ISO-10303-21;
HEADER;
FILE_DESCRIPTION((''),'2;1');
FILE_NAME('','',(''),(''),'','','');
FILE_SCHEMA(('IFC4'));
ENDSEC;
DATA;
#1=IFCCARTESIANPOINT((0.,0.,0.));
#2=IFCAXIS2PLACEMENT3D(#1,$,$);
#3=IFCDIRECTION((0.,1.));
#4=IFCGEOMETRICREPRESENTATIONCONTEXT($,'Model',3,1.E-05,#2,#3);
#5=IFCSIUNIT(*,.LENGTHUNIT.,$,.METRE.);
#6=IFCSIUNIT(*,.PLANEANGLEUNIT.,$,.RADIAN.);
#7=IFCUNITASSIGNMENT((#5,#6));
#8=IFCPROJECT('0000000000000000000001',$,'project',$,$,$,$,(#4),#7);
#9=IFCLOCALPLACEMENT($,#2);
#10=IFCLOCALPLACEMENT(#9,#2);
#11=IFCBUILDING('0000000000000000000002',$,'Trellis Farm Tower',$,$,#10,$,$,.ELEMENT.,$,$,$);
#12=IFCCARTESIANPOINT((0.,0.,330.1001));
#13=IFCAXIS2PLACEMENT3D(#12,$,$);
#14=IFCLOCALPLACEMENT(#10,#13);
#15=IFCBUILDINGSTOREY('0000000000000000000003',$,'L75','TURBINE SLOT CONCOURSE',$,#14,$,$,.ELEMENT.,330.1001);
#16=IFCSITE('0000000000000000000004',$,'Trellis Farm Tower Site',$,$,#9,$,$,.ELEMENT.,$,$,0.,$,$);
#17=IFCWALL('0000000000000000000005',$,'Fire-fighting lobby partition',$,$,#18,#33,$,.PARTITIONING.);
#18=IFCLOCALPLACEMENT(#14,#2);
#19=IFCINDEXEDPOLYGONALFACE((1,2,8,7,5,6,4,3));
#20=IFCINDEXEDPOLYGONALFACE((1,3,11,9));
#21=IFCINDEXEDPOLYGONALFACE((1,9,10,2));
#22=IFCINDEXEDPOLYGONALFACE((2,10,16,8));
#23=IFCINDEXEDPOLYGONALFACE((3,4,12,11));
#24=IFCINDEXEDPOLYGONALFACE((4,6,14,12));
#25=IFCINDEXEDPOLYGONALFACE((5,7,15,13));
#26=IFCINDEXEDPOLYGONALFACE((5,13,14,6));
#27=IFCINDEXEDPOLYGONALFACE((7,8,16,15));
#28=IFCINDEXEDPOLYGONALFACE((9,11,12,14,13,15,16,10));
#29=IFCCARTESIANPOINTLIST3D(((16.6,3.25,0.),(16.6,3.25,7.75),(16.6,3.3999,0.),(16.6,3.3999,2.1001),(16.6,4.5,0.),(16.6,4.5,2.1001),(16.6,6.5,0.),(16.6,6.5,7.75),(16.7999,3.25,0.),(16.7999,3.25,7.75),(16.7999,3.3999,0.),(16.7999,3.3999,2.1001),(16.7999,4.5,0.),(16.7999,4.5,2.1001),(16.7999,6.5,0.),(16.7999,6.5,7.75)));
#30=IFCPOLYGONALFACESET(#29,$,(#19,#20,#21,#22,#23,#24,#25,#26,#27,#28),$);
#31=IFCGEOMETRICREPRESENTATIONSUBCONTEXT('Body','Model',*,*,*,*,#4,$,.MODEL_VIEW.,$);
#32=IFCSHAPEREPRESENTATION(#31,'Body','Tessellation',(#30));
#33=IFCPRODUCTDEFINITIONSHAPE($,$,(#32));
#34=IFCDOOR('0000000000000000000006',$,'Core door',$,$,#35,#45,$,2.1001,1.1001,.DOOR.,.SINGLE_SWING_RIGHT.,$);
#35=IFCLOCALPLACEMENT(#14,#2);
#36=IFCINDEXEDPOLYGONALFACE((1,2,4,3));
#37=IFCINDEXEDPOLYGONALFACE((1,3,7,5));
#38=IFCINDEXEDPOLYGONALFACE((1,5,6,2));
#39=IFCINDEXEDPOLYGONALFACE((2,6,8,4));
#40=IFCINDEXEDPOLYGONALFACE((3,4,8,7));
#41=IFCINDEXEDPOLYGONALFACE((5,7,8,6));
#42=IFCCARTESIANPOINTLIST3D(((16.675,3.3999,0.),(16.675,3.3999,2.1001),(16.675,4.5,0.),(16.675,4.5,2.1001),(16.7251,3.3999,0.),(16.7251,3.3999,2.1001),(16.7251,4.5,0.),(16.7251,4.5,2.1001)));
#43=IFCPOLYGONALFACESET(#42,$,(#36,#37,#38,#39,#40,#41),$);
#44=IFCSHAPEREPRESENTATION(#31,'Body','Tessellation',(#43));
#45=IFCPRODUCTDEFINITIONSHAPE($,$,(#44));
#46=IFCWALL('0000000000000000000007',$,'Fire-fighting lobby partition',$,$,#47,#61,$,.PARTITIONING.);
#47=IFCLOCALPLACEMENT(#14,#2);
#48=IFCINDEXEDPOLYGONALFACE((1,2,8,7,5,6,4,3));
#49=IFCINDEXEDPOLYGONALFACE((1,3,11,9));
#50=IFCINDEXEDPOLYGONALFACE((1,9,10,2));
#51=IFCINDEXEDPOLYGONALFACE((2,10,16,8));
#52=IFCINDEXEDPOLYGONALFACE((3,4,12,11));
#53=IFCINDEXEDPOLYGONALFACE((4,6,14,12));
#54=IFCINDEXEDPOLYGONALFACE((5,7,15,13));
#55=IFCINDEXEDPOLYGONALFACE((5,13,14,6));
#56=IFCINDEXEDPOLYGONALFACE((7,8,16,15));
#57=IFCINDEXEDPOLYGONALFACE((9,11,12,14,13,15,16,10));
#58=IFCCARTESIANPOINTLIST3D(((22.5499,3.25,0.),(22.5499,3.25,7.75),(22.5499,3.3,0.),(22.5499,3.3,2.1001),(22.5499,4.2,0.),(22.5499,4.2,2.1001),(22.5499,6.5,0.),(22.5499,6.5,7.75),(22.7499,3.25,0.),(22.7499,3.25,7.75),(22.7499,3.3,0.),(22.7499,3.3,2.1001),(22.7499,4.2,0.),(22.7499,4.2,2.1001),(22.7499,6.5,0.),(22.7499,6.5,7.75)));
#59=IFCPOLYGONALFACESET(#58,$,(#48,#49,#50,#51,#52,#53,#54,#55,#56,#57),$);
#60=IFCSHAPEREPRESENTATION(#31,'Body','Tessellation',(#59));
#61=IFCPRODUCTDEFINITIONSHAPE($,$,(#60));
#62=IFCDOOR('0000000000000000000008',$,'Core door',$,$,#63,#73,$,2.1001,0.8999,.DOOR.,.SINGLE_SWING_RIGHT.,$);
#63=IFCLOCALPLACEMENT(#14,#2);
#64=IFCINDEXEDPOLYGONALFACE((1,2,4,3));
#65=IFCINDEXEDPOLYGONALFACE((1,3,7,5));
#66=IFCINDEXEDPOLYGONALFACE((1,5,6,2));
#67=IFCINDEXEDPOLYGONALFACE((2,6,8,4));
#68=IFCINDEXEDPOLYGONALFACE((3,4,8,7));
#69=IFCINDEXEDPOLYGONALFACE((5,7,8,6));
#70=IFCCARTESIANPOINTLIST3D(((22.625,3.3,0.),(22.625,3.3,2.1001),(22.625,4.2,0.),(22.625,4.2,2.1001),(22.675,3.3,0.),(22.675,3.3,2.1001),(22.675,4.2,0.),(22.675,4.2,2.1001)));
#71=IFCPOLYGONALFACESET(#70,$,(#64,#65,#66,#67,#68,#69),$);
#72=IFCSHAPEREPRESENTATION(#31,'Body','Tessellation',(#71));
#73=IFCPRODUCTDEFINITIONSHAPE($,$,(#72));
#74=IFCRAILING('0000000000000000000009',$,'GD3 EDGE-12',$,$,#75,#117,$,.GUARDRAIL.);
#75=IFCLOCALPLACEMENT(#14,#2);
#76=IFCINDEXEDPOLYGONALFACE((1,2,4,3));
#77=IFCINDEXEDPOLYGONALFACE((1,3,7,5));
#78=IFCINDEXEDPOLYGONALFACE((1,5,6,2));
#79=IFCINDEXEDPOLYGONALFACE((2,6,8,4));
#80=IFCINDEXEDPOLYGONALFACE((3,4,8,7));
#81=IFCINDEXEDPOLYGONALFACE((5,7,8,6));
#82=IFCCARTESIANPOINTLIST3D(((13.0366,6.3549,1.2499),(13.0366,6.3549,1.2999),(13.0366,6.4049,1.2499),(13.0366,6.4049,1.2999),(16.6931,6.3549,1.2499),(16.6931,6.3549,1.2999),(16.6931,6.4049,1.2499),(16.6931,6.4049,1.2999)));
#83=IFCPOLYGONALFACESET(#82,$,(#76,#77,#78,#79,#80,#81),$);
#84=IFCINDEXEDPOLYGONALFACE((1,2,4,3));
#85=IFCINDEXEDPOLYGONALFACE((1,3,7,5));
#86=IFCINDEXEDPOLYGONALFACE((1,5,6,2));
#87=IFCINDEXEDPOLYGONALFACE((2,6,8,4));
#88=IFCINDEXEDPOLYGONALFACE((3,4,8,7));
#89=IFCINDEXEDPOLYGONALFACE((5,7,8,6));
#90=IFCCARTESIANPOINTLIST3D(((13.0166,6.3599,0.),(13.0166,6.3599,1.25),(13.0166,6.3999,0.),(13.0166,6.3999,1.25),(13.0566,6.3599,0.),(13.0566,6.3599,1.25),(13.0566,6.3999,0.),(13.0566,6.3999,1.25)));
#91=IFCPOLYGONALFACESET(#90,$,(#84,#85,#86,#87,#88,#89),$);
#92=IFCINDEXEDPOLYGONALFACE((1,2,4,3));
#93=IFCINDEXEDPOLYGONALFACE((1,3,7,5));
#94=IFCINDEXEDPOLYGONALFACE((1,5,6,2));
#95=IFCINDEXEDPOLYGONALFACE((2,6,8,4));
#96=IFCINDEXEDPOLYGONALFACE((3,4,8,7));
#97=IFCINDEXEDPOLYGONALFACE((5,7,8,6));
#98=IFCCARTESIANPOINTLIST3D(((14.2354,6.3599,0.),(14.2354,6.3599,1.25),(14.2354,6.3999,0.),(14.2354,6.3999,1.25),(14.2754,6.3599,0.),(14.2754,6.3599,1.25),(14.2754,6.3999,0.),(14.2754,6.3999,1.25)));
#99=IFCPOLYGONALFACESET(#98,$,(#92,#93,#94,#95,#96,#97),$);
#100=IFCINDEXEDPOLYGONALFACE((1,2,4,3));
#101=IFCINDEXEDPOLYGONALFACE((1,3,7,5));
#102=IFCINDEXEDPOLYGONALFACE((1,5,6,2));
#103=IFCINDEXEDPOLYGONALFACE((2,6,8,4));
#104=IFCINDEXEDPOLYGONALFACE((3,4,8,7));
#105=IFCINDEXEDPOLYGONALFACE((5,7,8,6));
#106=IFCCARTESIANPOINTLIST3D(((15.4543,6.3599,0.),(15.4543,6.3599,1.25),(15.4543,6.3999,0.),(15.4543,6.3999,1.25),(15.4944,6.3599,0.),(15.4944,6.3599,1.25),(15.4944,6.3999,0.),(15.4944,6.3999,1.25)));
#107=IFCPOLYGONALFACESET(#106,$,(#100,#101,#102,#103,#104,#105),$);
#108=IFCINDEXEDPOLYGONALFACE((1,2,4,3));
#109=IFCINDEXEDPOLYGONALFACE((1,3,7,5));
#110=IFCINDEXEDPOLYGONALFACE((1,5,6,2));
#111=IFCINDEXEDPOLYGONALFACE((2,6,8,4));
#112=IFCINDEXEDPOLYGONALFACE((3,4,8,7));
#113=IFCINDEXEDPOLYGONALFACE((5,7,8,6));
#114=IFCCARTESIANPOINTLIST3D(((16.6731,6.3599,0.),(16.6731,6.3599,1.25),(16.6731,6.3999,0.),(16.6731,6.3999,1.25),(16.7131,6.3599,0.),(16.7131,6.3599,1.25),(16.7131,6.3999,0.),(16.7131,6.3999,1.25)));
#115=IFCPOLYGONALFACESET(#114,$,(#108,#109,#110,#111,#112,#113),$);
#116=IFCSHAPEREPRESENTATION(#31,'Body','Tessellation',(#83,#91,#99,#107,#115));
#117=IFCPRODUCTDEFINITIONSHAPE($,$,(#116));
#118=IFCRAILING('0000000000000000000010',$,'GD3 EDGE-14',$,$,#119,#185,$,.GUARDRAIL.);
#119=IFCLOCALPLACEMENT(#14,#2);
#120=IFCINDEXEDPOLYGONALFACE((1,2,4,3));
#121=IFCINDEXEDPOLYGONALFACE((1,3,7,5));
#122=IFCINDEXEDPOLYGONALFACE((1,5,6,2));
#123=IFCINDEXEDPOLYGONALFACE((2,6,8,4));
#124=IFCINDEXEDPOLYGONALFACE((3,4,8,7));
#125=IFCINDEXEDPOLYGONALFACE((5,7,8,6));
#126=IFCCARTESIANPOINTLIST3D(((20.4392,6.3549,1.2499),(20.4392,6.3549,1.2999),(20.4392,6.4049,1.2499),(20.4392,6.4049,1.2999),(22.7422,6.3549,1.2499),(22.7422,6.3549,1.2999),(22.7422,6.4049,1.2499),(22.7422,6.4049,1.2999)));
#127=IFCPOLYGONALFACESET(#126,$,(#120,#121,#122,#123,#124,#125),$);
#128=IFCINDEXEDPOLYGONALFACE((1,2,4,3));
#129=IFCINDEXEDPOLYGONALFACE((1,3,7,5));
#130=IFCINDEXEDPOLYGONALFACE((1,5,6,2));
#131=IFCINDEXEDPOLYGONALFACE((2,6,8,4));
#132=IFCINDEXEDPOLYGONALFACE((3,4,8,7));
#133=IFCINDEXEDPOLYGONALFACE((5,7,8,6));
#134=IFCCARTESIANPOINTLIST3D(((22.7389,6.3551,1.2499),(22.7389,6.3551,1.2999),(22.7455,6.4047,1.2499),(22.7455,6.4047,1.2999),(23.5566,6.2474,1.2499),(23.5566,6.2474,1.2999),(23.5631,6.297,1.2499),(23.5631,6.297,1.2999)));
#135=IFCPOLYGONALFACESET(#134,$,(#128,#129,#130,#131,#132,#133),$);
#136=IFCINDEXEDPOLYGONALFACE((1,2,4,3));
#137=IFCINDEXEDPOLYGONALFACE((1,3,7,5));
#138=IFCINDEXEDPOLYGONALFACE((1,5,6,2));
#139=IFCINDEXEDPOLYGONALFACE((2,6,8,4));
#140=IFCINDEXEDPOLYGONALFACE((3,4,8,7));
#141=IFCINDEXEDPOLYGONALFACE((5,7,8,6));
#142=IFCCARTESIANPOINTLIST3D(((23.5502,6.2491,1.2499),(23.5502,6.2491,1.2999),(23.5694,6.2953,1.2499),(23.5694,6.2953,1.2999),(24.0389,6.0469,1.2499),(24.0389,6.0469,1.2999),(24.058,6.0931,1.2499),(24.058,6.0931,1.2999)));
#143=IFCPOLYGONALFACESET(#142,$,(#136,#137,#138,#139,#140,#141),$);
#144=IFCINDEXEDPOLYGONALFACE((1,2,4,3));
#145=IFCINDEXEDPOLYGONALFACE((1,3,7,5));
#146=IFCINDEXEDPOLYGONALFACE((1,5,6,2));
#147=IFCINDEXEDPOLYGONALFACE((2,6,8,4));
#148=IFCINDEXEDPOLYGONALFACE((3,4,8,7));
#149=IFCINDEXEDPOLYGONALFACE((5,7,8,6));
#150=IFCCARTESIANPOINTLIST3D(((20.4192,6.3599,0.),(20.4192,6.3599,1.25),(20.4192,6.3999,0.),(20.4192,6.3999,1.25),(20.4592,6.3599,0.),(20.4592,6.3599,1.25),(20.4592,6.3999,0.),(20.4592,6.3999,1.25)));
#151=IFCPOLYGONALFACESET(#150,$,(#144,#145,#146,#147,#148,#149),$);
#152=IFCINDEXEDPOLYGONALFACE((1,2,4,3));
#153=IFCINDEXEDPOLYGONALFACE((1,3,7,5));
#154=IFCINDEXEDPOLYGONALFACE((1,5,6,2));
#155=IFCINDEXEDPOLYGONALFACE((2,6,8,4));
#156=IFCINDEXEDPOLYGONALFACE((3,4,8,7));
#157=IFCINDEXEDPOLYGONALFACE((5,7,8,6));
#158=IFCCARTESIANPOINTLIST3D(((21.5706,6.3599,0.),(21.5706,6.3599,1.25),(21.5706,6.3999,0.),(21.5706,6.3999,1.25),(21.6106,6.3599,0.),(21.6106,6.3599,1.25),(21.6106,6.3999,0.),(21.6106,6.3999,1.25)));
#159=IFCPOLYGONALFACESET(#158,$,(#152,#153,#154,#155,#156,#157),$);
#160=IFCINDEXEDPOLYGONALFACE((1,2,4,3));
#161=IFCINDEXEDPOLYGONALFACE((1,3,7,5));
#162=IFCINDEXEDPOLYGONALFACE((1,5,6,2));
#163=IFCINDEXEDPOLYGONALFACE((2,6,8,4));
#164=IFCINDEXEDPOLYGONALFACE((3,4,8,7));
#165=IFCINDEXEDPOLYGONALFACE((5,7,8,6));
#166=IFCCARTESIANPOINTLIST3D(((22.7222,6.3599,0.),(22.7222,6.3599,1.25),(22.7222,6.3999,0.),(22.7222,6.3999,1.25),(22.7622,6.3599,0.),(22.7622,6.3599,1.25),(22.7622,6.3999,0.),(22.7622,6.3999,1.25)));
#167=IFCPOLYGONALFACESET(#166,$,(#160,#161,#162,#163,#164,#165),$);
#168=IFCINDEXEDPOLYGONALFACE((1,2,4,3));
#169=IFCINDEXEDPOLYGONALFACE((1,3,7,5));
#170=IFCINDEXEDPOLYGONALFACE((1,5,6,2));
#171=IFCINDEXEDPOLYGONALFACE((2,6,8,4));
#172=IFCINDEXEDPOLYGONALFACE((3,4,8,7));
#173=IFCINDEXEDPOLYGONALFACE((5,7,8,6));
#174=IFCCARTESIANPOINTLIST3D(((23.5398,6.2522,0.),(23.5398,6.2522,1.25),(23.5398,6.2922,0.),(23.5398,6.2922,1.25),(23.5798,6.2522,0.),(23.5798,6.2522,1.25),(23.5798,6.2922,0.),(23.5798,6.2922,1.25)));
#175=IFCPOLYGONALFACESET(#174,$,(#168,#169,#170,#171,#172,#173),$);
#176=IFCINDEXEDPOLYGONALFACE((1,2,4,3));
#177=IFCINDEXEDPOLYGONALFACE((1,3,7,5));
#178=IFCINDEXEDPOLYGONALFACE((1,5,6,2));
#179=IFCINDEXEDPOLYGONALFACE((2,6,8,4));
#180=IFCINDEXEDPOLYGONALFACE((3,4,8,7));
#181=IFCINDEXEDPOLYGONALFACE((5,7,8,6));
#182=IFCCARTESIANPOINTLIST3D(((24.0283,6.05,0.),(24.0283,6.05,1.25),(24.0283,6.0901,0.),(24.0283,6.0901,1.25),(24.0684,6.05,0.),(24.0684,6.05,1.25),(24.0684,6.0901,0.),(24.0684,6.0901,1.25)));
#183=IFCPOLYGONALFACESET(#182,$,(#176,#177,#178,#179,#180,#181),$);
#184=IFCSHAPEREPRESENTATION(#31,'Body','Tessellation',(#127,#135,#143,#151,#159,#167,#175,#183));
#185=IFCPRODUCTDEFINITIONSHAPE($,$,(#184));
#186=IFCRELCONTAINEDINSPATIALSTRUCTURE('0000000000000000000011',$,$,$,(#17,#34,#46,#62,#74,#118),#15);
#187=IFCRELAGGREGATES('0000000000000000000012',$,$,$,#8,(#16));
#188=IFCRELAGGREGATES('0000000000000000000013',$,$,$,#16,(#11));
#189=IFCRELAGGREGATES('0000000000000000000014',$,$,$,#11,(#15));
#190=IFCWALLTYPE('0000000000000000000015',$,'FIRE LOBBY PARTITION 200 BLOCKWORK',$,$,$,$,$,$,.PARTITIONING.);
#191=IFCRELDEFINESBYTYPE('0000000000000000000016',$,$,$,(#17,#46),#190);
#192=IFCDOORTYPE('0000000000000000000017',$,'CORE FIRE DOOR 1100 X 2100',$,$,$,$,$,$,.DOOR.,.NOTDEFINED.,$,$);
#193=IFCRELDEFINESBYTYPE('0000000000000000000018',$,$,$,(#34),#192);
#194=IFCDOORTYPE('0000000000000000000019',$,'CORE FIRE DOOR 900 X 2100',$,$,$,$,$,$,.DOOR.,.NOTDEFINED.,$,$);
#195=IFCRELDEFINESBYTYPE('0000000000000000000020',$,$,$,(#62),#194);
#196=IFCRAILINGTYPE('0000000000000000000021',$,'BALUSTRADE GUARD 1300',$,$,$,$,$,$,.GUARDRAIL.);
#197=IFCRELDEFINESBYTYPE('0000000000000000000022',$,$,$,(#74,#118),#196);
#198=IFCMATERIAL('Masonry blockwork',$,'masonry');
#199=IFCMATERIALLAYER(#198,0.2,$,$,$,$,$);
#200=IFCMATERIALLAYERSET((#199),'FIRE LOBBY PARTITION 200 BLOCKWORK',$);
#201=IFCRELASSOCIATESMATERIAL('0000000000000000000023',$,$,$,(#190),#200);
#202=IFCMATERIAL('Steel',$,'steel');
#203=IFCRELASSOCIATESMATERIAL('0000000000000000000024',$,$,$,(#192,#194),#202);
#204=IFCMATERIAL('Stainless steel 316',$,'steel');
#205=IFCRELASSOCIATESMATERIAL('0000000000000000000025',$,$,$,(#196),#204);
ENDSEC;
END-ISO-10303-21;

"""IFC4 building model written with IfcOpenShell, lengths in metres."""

from ifc_helpers import new_model, si_unit, direction, frame, frame_2d, origin, origin_2d, place, context, subcontext, project, spatial, rectangle, extrude, source, transform, mapped, material, layer, layer_set, type_object, element, fill, save


model = new_model("IFC4")

# Units and contexts
model_context = context("Model", 3, precision=1e-05, world=origin(), true_north=direction((0.0, 1.0)))
body_context = subcontext(model_context, "Body", "Model", "MODEL_VIEW")
ifc_project = project(units=[si_unit("LENGTHUNIT", "METRE"), si_unit("PLANEANGLEUNIT", "RADIAN")], contexts=[model_context])

# Site, building, storey
site_placement = place(None, origin())
site = spatial("IfcSite", under=ifc_project, at=site_placement, Name="Trellis Farm Tower Site", CompositionType="ELEMENT", RefElevation=0.0)
building_placement = place(site_placement, origin())
building = spatial("IfcBuilding", under=site, at=building_placement, Name="Trellis Farm Tower", CompositionType="ELEMENT")
storey_placement = place(building_placement, frame((0.0, 0.0, 330.1001)))
storey = spatial("IfcBuildingStorey", under=building, at=storey_placement, Name="L75", Description="TURBINE SLOT CONCOURSE", CompositionType="ELEMENT", Elevation=330.1001)

# Walls, openings, doors
ifc_material_1 = material(Name="Masonry blockwork", Category="masonry")
ifc_layer_1 = layer(ifc_material_1, 0.2)
ifc_layer_set_1 = layer_set([ifc_layer_1], Name="FIRE LOBBY PARTITION 200 BLOCKWORK")
wall_type_1 = type_object("IfcWallType", Name="FIRE LOBBY PARTITION 200 BLOCKWORK", PredefinedType="PARTITIONING", material=ifc_layer_set_1)
shared_shape_1 = source(origin(), body_context, "Body", "SweptSolid", [
    extrude(rectangle(XDim=3.25, YDim=0.2, at=frame_2d((1.625, 0.0))), origin(), (0.0, 0.0, 1.0), 7.75),
])
wall_1_placement = place(storey_placement, frame((16.7, 3.25, 0.0), z_axis=(0.0, 0.0, 1.0), x_axis=(0.0, 1.0, 0.0)))
wall_1 = element("IfcWall", 1, at=wall_1_placement, inside=storey, type_object=wall_type_1, Name="Fire-fighting lobby partition", PredefinedType="PARTITIONING", context=body_context, shape_type="MappedRepresentation", body=[
    mapped(shared_shape_1, transform((0.0, 0.0, 0.0))),
])
shared_shape_2 = source(origin(), body_context, "Body", "SweptSolid", [
    extrude(rectangle(XDim=1.1001, YDim=2.1001, at=frame_2d((0.55, 1.05))), frame((0.0, 0.1101, 0.0), z_axis=(0.0, -1.0, 0.0), x_axis=(1.0, 0.0, 0.0)), (0.0, 0.0, 1.0), 0.2202),
])
opening_1_placement = place(wall_1_placement, frame((0.1499, 0.0, 0.0)))
opening_1 = element("IfcOpeningElement", 2, at=opening_1_placement, cuts=wall_1, PredefinedType="OPENING", context=body_context, shape_type="MappedRepresentation", body=[
    mapped(shared_shape_2, transform((0.0, 0.0, 0.0))),
])
ifc_material_2 = material(Name="Steel", Category="steel")
door_type_1 = type_object("IfcDoorType", Name="CORE FIRE DOOR 1100 X 2100", OperationType="NOTDEFINED", PredefinedType="DOOR", material=ifc_material_2)
shared_shape_3 = source(origin(), body_context, "Body", "SweptSolid", [
    extrude(rectangle(XDim=1.1001, YDim=2.1001, at=frame_2d((0.55, 1.05))), frame((0.0, 0.0249, 0.0), z_axis=(0.0, -1.0, 0.0), x_axis=(1.0, 0.0, 0.0)), (0.0, 0.0, 1.0), 0.05),
])
door_1_placement = place(opening_1_placement, origin())
door_1 = element("IfcDoor", 3, at=door_1_placement, inside=storey, type_object=door_type_1, Name="Core door", OperationType="SINGLE_SWING_RIGHT", OverallHeight=2.1001, OverallWidth=1.1001, PredefinedType="DOOR", context=body_context, shape_type="MappedRepresentation", body=[
    mapped(shared_shape_3, transform((0.0, 0.0, 0.0))),
])
fill(opening_1, door_1)
wall_2_placement = place(storey_placement, frame((22.6499, 3.25, 0.0), z_axis=(0.0, 0.0, 1.0), x_axis=(0.0, 1.0, 0.0)))
wall_2 = element("IfcWall", 4, at=wall_2_placement, inside=storey, type_object=wall_type_1, Name="Fire-fighting lobby partition", PredefinedType="PARTITIONING", context=body_context, shape_type="MappedRepresentation", body=[
    mapped(shared_shape_1, transform((0.0, 0.0, 0.0))),
])
shared_shape_4 = source(origin(), body_context, "Body", "SweptSolid", [
    extrude(rectangle(XDim=0.8999, YDim=2.1001, at=frame_2d((0.45, 1.05))), frame((0.0, 0.1101, 0.0), z_axis=(0.0, -1.0, 0.0), x_axis=(1.0, 0.0, 0.0)), (0.0, 0.0, 1.0), 0.2202),
])
opening_2_placement = place(wall_2_placement, frame((0.05, 0.0, 0.0)))
opening_2 = element("IfcOpeningElement", 5, at=opening_2_placement, cuts=wall_2, PredefinedType="OPENING", context=body_context, shape_type="MappedRepresentation", body=[
    mapped(shared_shape_4, transform((0.0, 0.0, 0.0))),
])
door_type_2 = type_object("IfcDoorType", Name="CORE FIRE DOOR 900 X 2100", OperationType="NOTDEFINED", PredefinedType="DOOR", material=ifc_material_2)
shared_shape_5 = source(origin(), body_context, "Body", "SweptSolid", [
    extrude(rectangle(XDim=0.8999, YDim=2.1001, at=frame_2d((0.45, 1.05))), frame((0.0, 0.0249, 0.0), z_axis=(0.0, -1.0, 0.0), x_axis=(1.0, 0.0, 0.0)), (0.0, 0.0, 1.0), 0.05),
])
door_2_placement = place(opening_2_placement, origin())
door_2 = element("IfcDoor", 6, at=door_2_placement, inside=storey, type_object=door_type_2, Name="Core door", OperationType="SINGLE_SWING_RIGHT", OverallHeight=2.1001, OverallWidth=0.8999, PredefinedType="DOOR", context=body_context, shape_type="MappedRepresentation", body=[
    mapped(shared_shape_5, transform((0.0, 0.0, 0.0))),
])
fill(opening_2, door_2)

# Railings
ifc_material_3 = material(Name="Stainless steel 316", Category="steel")
railing_type = type_object("IfcRailingType", Name="BALUSTRADE GUARD 1300", PredefinedType="GUARDRAIL", material=ifc_material_3)
railing_1_placement = place(storey_placement, frame((13.0366, 6.3799, 0.0)))
element("IfcRailing", 7, at=railing_1_placement, inside=storey, type_object=railing_type, Name="GD3 EDGE-12", PredefinedType="GUARDRAIL", context=body_context, shape_type="SweptSolid", body=[
    extrude(rectangle(XDim=0.05, YDim=0.05, at=origin_2d()), frame((0.0, 0.0, 1.2749), z_axis=(1.0, 0.0, 0.0), x_axis=(0.0, 1.0, 0.0)), (0.0, 0.0, 1.0), 3.6565),
    extrude(rectangle(XDim=0.04, YDim=0.04, at=origin_2d()), origin(), (0.0, 0.0, 1.0), 1.25),
    extrude(rectangle(XDim=0.04, YDim=0.04, at=origin_2d()), frame((1.2188, 0.0, 0.0)), (0.0, 0.0, 1.0), 1.25),
    extrude(rectangle(XDim=0.04, YDim=0.04, at=origin_2d()), frame((2.4377, 0.0, 0.0)), (0.0, 0.0, 1.0), 1.25),
    extrude(rectangle(XDim=0.04, YDim=0.04, at=origin_2d()), frame((3.6565, 0.0, 0.0)), (0.0, 0.0, 1.0), 1.25),
])
railing_2_placement = place(storey_placement, frame((20.4392, 6.3799, 0.0)))
element("IfcRailing", 8, at=railing_2_placement, inside=storey, type_object=railing_type, Name="GD3 EDGE-14", PredefinedType="GUARDRAIL", context=body_context, shape_type="SweptSolid", body=[
    extrude(rectangle(XDim=0.05, YDim=0.05, at=origin_2d()), frame((0.0, 0.0, 1.2749), z_axis=(1.0, 0.0, 0.0), x_axis=(0.0, 1.0, 0.0)), (0.0, 0.0, 1.0), 2.303),
    extrude(rectangle(XDim=0.05, YDim=0.05, at=origin_2d()), frame((2.303, 0.0, 1.2749), z_axis=(0.991441, -0.130554, 0.0), x_axis=(0.130554, 0.991441, 0.0)), (0.0, 0.0, 1.0), 0.8247),
    extrude(rectangle(XDim=0.05, YDim=0.05, at=origin_2d()), frame((3.1206, -0.1077, 1.2749), z_axis=(0.924017, -0.382352, 0.0), x_axis=(0.382352, 0.924017, 0.0)), (0.0, 0.0, 1.0), 0.5288),
    extrude(rectangle(XDim=0.04, YDim=0.04, at=origin_2d()), origin(), (0.0, 0.0, 1.0), 1.25),
    extrude(rectangle(XDim=0.04, YDim=0.04, at=origin_2d()), frame((1.1514, 0.0, 0.0)), (0.0, 0.0, 1.0), 1.25),
    extrude(rectangle(XDim=0.04, YDim=0.04, at=origin_2d()), frame((2.303, 0.0, 0.0)), (0.0, 0.0, 1.0), 1.25),
    extrude(rectangle(XDim=0.04, YDim=0.04, at=origin_2d()), frame((3.1206, -0.1077, 0.0)), (0.0, 0.0, 1.0), 1.25),
    extrude(rectangle(XDim=0.04, YDim=0.04, at=origin_2d()), frame((3.6091, -0.3098, 0.0)), (0.0, 0.0, 1.0), 1.25),
])

save(model, "model.ifc")
